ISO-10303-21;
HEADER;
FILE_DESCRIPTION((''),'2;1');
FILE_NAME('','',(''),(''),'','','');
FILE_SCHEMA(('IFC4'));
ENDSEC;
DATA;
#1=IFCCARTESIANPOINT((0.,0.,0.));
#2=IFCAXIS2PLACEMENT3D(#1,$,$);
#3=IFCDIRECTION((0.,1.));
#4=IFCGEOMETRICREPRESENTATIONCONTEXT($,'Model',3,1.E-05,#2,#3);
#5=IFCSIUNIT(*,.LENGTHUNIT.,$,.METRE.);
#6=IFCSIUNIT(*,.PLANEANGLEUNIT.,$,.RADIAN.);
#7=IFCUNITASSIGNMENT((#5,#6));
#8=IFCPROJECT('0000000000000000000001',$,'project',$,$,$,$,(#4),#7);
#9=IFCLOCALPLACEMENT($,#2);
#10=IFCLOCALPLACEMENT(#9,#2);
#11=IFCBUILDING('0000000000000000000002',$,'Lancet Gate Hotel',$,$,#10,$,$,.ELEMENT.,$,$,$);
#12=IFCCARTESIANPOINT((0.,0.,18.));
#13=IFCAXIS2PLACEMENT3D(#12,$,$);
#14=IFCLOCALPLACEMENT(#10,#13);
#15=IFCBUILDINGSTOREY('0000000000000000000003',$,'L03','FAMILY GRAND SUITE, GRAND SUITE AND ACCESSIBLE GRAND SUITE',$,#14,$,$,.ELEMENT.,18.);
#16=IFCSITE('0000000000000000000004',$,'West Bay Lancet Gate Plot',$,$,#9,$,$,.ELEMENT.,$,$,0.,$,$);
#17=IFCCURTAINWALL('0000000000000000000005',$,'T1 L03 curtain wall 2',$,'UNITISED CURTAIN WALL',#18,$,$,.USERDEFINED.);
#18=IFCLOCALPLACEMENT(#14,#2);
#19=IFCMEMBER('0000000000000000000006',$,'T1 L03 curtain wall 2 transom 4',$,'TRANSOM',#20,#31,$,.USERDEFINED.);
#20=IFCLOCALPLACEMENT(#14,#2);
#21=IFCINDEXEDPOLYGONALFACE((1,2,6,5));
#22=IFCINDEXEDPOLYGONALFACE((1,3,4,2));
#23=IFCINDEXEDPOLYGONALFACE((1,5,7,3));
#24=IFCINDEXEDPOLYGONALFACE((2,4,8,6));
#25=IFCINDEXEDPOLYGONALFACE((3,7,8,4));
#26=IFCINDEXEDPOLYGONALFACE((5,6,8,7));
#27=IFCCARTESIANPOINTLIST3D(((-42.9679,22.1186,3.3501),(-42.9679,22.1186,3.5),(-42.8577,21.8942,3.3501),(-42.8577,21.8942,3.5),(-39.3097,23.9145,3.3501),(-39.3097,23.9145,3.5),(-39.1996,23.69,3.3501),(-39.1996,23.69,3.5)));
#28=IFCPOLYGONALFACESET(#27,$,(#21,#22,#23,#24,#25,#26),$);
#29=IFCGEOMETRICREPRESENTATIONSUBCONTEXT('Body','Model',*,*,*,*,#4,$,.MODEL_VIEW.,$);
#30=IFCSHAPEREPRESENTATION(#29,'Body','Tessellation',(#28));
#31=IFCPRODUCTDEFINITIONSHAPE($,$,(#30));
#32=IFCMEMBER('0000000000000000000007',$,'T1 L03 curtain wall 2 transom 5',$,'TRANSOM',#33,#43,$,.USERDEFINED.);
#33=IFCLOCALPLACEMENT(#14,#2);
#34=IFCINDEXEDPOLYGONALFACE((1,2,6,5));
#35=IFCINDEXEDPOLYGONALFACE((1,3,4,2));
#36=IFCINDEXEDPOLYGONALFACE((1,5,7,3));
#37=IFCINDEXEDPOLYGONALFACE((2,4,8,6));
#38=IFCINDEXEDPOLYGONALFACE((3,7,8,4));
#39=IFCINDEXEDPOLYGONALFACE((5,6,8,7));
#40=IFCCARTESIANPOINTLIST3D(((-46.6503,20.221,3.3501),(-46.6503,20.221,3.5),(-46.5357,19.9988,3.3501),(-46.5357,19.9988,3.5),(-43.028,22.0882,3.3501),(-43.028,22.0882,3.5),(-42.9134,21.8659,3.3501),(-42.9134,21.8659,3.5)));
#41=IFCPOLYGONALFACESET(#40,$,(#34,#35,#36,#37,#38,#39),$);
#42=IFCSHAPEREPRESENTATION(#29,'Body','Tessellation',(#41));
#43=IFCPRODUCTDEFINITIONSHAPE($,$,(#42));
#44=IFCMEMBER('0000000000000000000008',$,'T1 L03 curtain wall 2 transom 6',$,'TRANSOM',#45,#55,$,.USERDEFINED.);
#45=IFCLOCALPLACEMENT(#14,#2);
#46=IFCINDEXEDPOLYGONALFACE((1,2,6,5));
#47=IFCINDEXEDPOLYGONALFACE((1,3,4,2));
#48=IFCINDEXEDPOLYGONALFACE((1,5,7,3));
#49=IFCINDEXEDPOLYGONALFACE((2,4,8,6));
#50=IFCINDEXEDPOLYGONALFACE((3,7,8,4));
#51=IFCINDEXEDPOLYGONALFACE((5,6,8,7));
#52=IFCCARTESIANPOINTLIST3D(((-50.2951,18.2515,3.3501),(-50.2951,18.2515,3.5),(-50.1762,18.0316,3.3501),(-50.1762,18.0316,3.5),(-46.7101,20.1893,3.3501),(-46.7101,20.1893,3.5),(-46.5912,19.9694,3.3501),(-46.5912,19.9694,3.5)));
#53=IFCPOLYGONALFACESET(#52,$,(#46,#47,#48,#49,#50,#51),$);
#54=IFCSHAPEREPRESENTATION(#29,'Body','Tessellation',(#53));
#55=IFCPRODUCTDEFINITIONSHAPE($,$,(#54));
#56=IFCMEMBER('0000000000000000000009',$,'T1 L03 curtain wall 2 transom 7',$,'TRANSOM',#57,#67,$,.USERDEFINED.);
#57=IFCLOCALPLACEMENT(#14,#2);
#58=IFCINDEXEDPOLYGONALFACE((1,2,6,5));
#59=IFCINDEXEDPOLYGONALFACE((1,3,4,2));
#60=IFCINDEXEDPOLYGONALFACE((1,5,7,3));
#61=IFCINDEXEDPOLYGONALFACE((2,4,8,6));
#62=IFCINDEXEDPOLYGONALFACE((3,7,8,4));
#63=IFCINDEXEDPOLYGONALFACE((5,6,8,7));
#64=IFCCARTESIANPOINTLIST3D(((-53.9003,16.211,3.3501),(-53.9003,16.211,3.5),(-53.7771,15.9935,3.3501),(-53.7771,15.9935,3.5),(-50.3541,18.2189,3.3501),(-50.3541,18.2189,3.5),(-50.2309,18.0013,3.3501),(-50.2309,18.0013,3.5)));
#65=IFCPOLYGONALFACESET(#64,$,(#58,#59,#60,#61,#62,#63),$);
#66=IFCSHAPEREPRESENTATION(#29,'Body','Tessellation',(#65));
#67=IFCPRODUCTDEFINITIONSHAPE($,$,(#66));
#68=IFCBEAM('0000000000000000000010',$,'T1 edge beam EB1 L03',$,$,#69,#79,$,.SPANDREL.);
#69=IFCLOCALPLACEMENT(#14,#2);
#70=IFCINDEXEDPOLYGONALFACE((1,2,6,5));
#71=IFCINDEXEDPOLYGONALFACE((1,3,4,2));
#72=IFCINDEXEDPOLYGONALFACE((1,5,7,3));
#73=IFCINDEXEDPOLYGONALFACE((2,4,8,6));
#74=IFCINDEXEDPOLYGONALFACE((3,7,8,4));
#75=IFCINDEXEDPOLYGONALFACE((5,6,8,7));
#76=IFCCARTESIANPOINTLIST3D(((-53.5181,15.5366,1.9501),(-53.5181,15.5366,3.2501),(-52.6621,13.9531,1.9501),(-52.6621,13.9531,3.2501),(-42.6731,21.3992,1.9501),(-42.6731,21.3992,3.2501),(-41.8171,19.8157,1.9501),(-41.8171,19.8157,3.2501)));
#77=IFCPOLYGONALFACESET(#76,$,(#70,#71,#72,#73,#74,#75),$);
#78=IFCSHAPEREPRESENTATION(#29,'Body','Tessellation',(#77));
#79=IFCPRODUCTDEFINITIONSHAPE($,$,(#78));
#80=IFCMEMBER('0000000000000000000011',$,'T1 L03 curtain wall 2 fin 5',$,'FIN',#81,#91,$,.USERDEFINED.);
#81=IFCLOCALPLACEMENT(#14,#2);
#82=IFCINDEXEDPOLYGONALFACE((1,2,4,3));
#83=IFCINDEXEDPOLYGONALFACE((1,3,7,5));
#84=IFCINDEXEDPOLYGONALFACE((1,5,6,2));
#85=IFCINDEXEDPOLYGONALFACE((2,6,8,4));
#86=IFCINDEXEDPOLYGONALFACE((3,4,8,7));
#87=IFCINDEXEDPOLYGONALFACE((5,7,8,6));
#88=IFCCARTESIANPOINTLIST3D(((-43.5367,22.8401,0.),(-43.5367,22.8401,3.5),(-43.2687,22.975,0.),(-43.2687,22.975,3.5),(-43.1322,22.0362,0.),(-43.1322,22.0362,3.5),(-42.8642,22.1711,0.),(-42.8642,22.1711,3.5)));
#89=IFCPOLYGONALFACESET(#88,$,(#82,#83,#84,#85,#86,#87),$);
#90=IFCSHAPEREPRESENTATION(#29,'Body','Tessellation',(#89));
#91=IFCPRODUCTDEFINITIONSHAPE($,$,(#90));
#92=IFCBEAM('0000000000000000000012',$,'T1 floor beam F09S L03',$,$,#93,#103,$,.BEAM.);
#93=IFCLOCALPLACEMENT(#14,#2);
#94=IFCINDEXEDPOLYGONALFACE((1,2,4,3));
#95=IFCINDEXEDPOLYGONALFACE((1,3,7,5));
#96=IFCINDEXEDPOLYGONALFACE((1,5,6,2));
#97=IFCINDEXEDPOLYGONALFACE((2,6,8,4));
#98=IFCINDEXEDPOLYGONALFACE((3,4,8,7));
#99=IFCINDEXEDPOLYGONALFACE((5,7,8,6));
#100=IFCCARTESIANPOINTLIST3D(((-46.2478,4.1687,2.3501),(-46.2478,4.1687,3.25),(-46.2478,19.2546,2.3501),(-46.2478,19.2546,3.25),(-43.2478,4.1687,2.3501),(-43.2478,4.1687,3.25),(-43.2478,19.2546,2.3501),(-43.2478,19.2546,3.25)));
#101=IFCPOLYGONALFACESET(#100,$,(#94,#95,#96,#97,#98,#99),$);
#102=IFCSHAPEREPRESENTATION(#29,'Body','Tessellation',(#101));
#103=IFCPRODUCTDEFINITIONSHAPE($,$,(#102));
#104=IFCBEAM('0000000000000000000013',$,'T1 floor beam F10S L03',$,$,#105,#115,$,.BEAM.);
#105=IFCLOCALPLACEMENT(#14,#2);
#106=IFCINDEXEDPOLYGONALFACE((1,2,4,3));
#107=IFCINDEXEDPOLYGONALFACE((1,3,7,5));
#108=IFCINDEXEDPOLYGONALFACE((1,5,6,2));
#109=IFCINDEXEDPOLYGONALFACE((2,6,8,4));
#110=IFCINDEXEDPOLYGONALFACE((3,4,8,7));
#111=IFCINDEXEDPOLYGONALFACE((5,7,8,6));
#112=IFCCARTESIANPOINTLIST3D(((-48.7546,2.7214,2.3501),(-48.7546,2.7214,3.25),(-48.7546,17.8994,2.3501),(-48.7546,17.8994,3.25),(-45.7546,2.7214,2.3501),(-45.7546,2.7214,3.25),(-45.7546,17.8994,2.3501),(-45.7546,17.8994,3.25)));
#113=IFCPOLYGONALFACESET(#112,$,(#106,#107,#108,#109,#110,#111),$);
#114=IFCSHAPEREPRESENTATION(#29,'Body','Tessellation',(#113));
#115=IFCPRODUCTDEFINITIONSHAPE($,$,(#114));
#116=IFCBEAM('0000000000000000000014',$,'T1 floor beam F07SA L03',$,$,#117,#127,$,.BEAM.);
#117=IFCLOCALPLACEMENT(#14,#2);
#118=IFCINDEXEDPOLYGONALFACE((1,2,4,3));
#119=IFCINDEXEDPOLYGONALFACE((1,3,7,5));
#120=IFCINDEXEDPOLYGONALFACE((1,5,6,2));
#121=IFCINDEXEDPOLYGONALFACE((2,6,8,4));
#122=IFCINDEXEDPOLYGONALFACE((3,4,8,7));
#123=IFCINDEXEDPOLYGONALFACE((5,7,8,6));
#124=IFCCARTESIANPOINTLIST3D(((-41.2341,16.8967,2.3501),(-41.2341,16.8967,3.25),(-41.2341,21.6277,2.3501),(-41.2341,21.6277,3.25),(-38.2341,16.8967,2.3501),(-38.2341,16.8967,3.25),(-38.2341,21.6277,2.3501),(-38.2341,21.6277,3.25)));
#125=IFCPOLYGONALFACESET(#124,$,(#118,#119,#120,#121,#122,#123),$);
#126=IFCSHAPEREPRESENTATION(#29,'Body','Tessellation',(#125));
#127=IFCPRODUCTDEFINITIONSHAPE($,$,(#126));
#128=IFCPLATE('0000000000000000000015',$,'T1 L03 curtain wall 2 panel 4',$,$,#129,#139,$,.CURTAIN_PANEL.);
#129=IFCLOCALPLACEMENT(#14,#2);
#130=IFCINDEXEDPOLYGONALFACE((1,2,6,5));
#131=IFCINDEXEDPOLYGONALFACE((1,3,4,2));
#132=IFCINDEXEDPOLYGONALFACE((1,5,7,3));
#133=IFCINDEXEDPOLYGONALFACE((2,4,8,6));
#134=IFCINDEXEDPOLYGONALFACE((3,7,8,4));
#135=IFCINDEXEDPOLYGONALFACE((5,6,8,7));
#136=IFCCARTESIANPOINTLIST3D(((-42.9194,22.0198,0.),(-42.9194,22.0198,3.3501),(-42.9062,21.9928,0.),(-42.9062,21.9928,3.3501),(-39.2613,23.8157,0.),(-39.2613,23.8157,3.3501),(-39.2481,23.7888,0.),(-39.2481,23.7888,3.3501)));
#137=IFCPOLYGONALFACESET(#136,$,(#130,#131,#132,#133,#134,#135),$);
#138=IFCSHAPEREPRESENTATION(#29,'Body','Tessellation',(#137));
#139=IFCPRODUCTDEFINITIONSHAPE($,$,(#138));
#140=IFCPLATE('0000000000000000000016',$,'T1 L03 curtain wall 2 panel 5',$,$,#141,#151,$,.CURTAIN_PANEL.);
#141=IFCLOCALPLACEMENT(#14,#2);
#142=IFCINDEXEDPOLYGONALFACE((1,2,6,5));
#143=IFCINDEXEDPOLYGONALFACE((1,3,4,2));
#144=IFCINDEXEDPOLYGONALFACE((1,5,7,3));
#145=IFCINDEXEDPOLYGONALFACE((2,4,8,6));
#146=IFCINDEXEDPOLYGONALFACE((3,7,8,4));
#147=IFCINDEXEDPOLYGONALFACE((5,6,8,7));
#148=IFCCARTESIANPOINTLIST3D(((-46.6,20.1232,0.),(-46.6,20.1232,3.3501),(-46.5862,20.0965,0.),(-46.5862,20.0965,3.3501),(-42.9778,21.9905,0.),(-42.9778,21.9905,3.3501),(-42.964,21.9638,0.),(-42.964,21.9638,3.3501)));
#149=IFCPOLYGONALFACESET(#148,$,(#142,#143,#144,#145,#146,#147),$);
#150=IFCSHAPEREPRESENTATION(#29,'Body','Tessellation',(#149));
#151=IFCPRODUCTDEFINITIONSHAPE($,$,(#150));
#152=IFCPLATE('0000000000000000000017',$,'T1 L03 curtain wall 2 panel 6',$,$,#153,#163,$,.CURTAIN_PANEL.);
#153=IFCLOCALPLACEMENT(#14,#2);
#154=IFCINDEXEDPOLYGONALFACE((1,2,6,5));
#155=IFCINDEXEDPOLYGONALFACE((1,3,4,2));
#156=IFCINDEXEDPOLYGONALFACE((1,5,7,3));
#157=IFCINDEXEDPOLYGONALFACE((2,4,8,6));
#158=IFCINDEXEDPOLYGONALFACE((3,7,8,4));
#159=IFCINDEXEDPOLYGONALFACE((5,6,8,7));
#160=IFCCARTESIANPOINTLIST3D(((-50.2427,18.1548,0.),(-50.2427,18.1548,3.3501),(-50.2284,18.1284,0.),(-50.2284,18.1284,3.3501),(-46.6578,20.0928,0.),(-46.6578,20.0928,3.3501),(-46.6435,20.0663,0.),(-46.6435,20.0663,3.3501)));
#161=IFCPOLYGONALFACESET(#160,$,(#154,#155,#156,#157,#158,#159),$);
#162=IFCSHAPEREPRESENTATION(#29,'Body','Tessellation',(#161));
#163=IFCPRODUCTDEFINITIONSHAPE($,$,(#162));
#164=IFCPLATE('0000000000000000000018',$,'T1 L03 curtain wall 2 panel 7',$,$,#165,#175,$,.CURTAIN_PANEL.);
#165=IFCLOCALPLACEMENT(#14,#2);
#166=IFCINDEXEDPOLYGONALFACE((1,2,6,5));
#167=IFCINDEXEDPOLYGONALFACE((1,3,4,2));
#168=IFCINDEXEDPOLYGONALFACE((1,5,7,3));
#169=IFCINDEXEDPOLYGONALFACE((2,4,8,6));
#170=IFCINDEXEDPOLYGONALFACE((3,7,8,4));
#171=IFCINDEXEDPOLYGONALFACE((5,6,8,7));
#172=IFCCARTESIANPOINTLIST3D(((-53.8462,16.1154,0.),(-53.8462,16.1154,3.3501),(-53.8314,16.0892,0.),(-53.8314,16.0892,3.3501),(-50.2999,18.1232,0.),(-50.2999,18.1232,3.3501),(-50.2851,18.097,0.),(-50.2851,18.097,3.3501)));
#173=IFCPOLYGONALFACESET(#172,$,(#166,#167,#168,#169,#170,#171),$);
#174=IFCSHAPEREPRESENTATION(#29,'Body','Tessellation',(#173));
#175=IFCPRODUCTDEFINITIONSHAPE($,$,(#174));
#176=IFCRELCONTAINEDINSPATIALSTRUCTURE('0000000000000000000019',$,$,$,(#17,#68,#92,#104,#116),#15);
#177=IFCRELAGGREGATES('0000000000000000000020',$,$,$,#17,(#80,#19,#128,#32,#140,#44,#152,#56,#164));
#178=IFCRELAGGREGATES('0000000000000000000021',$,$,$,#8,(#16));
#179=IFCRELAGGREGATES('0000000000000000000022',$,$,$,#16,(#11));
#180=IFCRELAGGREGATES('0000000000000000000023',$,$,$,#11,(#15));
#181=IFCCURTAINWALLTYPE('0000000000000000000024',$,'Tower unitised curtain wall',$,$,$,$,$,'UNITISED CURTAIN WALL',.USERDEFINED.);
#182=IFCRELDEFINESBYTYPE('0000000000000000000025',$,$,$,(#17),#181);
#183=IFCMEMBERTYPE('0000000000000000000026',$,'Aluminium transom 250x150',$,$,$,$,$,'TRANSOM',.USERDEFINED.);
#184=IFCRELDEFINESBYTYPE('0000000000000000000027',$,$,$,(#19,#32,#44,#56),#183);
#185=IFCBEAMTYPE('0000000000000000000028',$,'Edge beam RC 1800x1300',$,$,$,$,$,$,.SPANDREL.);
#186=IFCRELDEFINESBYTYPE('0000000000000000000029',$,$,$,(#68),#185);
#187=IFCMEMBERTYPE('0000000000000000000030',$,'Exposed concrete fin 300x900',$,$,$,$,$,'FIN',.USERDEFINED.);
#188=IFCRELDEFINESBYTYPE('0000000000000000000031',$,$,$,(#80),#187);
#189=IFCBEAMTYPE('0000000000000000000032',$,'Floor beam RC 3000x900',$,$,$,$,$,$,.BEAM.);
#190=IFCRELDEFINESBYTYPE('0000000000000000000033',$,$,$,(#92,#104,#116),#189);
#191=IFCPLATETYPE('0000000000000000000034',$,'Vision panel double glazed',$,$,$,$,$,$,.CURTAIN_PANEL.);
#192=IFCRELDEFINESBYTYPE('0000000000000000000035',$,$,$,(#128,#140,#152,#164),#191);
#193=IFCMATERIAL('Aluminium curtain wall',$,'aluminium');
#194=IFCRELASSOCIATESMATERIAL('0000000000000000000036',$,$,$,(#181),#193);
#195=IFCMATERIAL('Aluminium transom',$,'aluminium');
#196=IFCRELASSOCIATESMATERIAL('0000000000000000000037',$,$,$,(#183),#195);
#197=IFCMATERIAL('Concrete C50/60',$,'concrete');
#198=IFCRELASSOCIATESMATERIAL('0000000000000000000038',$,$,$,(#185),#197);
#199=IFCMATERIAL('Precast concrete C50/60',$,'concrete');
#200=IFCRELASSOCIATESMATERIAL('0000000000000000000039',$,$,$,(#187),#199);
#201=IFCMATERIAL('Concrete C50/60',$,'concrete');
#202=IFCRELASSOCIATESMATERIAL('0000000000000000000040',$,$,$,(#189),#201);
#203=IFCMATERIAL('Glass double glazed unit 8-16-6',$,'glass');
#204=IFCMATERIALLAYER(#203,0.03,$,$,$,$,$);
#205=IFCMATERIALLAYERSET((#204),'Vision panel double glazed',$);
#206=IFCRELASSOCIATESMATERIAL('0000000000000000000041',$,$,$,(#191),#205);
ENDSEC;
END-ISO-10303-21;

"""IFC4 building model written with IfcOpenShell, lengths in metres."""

from ifc_helpers import new_model, si_unit, direction, frame, origin, origin_2d, place, context, subcontext, project, spatial, rectangle, extrude, material, layer, layer_set, material_profile, profile_set, type_object, element, aggregate, save


model = new_model("IFC4")

# Units and contexts
model_context = context("Model", 3, precision=1e-05, world=origin(), true_north=direction((0.0, 1.0)))
body_context = subcontext(model_context, "Body", "Model", "MODEL_VIEW")
ifc_project = project(units=[si_unit("LENGTHUNIT", "METRE"), si_unit("PLANEANGLEUNIT", "RADIAN")], contexts=[model_context])

# Site, building, storey
site_placement = place(None, origin())
site = spatial("IfcSite", under=ifc_project, at=site_placement, Name="West Bay Lancet Gate Plot", CompositionType="ELEMENT", RefElevation=0.0)
building_placement = place(site_placement, origin())
building = spatial("IfcBuilding", under=site, at=building_placement, Name="Lancet Gate Hotel", CompositionType="ELEMENT")
storey_placement = place(building_placement, frame((0.0, 0.0, 18.0)))
storey = spatial("IfcBuildingStorey", under=building, at=storey_placement, Name="L03", Description="FAMILY GRAND SUITE, GRAND SUITE AND ACCESSIBLE GRAND SUITE", CompositionType="ELEMENT", Elevation=18.0)

# Curtain wall, members
ifc_material_1 = material(Name="Aluminium curtain wall", Category="aluminium")
curtain_wall_type = type_object("IfcCurtainWallType", Name="Tower unitised curtain wall", ElementType="UNITISED CURTAIN WALL", PredefinedType="USERDEFINED", material=ifc_material_1)
curtain_wall_placement = place(storey_placement, origin())
curtain_wall = element("IfcCurtainWall", 1, at=curtain_wall_placement, inside=storey, type_object=curtain_wall_type, Name="T1 L03 curtain wall 2", ObjectType="UNITISED CURTAIN WALL", PredefinedType="USERDEFINED")
ifc_material_2 = material(Name="Aluminium transom", Category="aluminium")
ifc_material_profile_1 = material_profile(ifc_material_2, rectangle(XDim=0.25, YDim=0.1499, at=origin_2d()), Name="TRANSOM 250x150")
ifc_profile_set_1 = profile_set([ifc_material_profile_1], Name="Aluminium transom")
member_type_1 = type_object("IfcMemberType", Name="Aluminium transom 250x150", ElementType="TRANSOM", PredefinedType="USERDEFINED", material=ifc_profile_set_1)
member_1_placement = place(storey_placement, frame((-39.2546, 23.8022, 3.425), z_axis=(-0.897662, -0.440684, 0.0), x_axis=(0.440684, -0.897662, 0.0)))
member_1 = element("IfcMember", 2, at=member_1_placement, type_object=member_type_1, Name="T1 L03 curtain wall 2 transom 4", ObjectType="TRANSOM", PredefinedType="USERDEFINED", context=body_context, shape_type="SweptSolid", body=[
    extrude(rectangle(XDim=0.25, YDim=0.1499, at=origin_2d()), origin(), (0.0, 0.0, 1.0), 4.0752),
])
member_2_placement = place(storey_placement, frame((-42.9707, 21.9771, 3.425), z_axis=(-0.88886, -0.458179, 0.0), x_axis=(0.458179, -0.88886, 0.0)))
member_2 = element("IfcMember", 3, at=member_2_placement, type_object=member_type_1, Name="T1 L03 curtain wall 2 transom 5", ObjectType="TRANSOM", PredefinedType="USERDEFINED", context=body_context, shape_type="SweptSolid", body=[
    extrude(rectangle(XDim=0.25, YDim=0.1499, at=origin_2d()), origin(), (0.0, 0.0, 1.0), 4.0752),
])
member_3_placement = place(storey_placement, frame((-46.6506, 20.0793, 3.425), z_axis=(-0.879714, -0.475503, 0.0), x_axis=(0.475503, -0.879714, 0.0)))
member_3 = element("IfcMember", 4, at=member_3_placement, type_object=member_type_1, Name="T1 L03 curtain wall 2 transom 6", ObjectType="TRANSOM", PredefinedType="USERDEFINED", context=body_context, shape_type="SweptSolid", body=[
    extrude(rectangle(XDim=0.25, YDim=0.1499, at=origin_2d()), origin(), (0.0, 0.0, 1.0), 4.0752),
])
member_4_placement = place(storey_placement, frame((-50.2925, 18.1101, 3.425), z_axis=(-0.870198, -0.492703, 0.0), x_axis=(0.492703, -0.870198, 0.0)))
member_4 = element("IfcMember", 5, at=member_4_placement, type_object=member_type_1, Name="T1 L03 curtain wall 2 transom 7", ObjectType="TRANSOM", PredefinedType="USERDEFINED", context=body_context, shape_type="SweptSolid", body=[
    extrude(rectangle(XDim=0.25, YDim=0.1499, at=origin_2d()), origin(), (0.0, 0.0, 1.0), 4.0752),
])

# Beam
ifc_material_3 = material(Name="Concrete C50/60", Category="concrete")
ifc_material_profile_2 = material_profile(ifc_material_3, rectangle(XDim=1.8, YDim=1.3, at=origin_2d()), Name="RC 1800x1300")
ifc_profile_set_2 = profile_set([ifc_material_profile_2], Name="Concrete C50/60")
beam_type_1 = type_object("IfcBeamType", Name="Edge beam RC 1800x1300", PredefinedType="SPANDREL", material=ifc_profile_set_2)
beam_1_placement = place(storey_placement, frame((-42.2451, 20.6074, 2.6001), z_axis=(-0.879693, -0.475542, 0.0), x_axis=(0.475542, -0.879693, 0.0)))
element("IfcBeam", 6, at=beam_1_placement, inside=storey, type_object=beam_type_1, Name="T1 edge beam EB1 L03", PredefinedType="SPANDREL", context=body_context, shape_type="SweptSolid", body=[
    extrude(rectangle(XDim=1.8, YDim=1.3, at=origin_2d()), origin(), (0.0, 0.0, 1.0), 12.3281),
])

# Member
ifc_material_4 = material(Name="Precast concrete C50/60", Category="concrete")
ifc_material_profile_3 = material_profile(ifc_material_4, rectangle(XDim=0.3, YDim=0.8999, at=origin_2d()), Name="FIN 300x900")
ifc_profile_set_3 = profile_set([ifc_material_profile_3], Name="Precast concrete C50/60")
member_type_2 = type_object("IfcMemberType", Name="Exposed concrete fin 300x900", ElementType="FIN", PredefinedType="USERDEFINED", material=ifc_profile_set_3)
member_5_placement = place(storey_placement, frame((-43.2004, 22.5056, 0.0), z_axis=(0.0, 0.0, 1.0), x_axis=(-0.893292, -0.449478, 0.0)))
member_5 = element("IfcMember", 7, at=member_5_placement, type_object=member_type_2, Name="T1 L03 curtain wall 2 fin 5", ObjectType="FIN", PredefinedType="USERDEFINED", context=body_context, shape_type="SweptSolid", body=[
    extrude(rectangle(XDim=0.3, YDim=0.8999, at=origin_2d()), origin(), (0.0, 0.0, 1.0), 3.5),
])

# Beams
ifc_material_5 = material(Name="Concrete C50/60", Category="concrete")
ifc_material_profile_4 = material_profile(ifc_material_5, rectangle(XDim=3.0, YDim=0.8999, at=origin_2d()), Name="RC 3000x900")
ifc_profile_set_4 = profile_set([ifc_material_profile_4], Name="Concrete C50/60")
beam_type_2 = type_object("IfcBeamType", Name="Floor beam RC 3000x900", PredefinedType="BEAM", material=ifc_profile_set_4)
beam_2_placement = place(storey_placement, frame((-44.7478, 19.2546, 2.8), z_axis=(0.0, -1.0, 0.0), x_axis=(1.0, 0.0, 0.0)))
element("IfcBeam", 8, at=beam_2_placement, inside=storey, type_object=beam_type_2, Name="T1 floor beam F09S L03", PredefinedType="BEAM", context=body_context, shape_type="SweptSolid", body=[
    extrude(rectangle(XDim=3.0, YDim=0.8999, at=origin_2d()), origin(), (0.0, 0.0, 1.0), 15.0859),
])
beam_3_placement = place(storey_placement, frame((-47.2546, 17.8994, 2.8), z_axis=(0.0, -1.0, 0.0), x_axis=(1.0, 0.0, 0.0)))
element("IfcBeam", 9, at=beam_3_placement, inside=storey, type_object=beam_type_2, Name="T1 floor beam F10S L03", PredefinedType="BEAM", context=body_context, shape_type="SweptSolid", body=[
    extrude(rectangle(XDim=3.0, YDim=0.8999, at=origin_2d()), origin(), (0.0, 0.0, 1.0), 15.178),
])
beam_4_placement = place(storey_placement, frame((-39.7341, 21.6277, 2.8), z_axis=(0.0, -1.0, 0.0), x_axis=(1.0, 0.0, 0.0)))
element("IfcBeam", 10, at=beam_4_placement, inside=storey, type_object=beam_type_2, Name="T1 floor beam F07SA L03", PredefinedType="BEAM", context=body_context, shape_type="SweptSolid", body=[
    extrude(rectangle(XDim=3.0, YDim=0.8999, at=origin_2d()), origin(), (0.0, 0.0, 1.0), 4.731),
])

# Plates
ifc_material_6 = material(Name="Glass double glazed unit 8-16-6", Category="glass")
ifc_layer = layer(ifc_material_6, 0.03)
ifc_layer_set = layer_set([ifc_layer], Name="Vision panel double glazed")
plate_type = type_object("IfcPlateType", Name="Vision panel double glazed", PredefinedType="CURTAIN_PANEL", material=ifc_layer_set)
plate_1_placement = place(storey_placement, frame((-41.0837, 22.9043, 0.0), z_axis=(0.0, 0.0, 1.0), x_axis=(-0.897653, -0.440702, 0.0)))
plate_1 = element("IfcPlate", 11, at=plate_1_placement, type_object=plate_type, Name="T1 L03 curtain wall 2 panel 4", PredefinedType="CURTAIN_PANEL", context=body_context, shape_type="SweptSolid", body=[
    extrude(rectangle(XDim=4.0752, YDim=0.03, at=origin_2d()), origin(), (0.0, 0.0, 1.0), 3.3501),
])
plate_2_placement = place(storey_placement, frame((-44.782, 21.0435, 0.0), z_axis=(0.0, 0.0, 1.0), x_axis=(-0.888844, -0.45821, 0.0)))
plate_2 = element("IfcPlate", 12, at=plate_2_placement, type_object=plate_type, Name="T1 L03 curtain wall 2 panel 5", PredefinedType="CURTAIN_PANEL", context=body_context, shape_type="SweptSolid", body=[
    extrude(rectangle(XDim=4.0752, YDim=0.03, at=origin_2d()), origin(), (0.0, 0.0, 1.0), 3.3501),
])
plate_3_placement = place(storey_placement, frame((-48.4431, 19.1106, 0.0), z_axis=(0.0, 0.0, 1.0), x_axis=(-0.879693, -0.475541, 0.0)))
plate_3 = element("IfcPlate", 13, at=plate_3_placement, type_object=plate_type, Name="T1 L03 curtain wall 2 panel 6", PredefinedType="CURTAIN_PANEL", context=body_context, shape_type="SweptSolid", body=[
    extrude(rectangle(XDim=4.0752, YDim=0.03, at=origin_2d()), origin(), (0.0, 0.0, 1.0), 3.3501),
])
plate_4_placement = place(storey_placement, frame((-52.0657, 17.1062, 0.0), z_axis=(0.0, 0.0, 1.0), x_axis=(-0.870205, -0.49269, 0.0)))
plate_4 = element("IfcPlate", 14, at=plate_4_placement, type_object=plate_type, Name="T1 L03 curtain wall 2 panel 7", PredefinedType="CURTAIN_PANEL", context=body_context, shape_type="SweptSolid", body=[
    extrude(rectangle(XDim=4.0752, YDim=0.03, at=origin_2d()), origin(), (0.0, 0.0, 1.0), 3.3501),
])
aggregate(curtain_wall, [member_5, member_1, plate_1, member_2, plate_2, member_3, plate_3, member_4, plate_4])

save(model, "model.ifc")
